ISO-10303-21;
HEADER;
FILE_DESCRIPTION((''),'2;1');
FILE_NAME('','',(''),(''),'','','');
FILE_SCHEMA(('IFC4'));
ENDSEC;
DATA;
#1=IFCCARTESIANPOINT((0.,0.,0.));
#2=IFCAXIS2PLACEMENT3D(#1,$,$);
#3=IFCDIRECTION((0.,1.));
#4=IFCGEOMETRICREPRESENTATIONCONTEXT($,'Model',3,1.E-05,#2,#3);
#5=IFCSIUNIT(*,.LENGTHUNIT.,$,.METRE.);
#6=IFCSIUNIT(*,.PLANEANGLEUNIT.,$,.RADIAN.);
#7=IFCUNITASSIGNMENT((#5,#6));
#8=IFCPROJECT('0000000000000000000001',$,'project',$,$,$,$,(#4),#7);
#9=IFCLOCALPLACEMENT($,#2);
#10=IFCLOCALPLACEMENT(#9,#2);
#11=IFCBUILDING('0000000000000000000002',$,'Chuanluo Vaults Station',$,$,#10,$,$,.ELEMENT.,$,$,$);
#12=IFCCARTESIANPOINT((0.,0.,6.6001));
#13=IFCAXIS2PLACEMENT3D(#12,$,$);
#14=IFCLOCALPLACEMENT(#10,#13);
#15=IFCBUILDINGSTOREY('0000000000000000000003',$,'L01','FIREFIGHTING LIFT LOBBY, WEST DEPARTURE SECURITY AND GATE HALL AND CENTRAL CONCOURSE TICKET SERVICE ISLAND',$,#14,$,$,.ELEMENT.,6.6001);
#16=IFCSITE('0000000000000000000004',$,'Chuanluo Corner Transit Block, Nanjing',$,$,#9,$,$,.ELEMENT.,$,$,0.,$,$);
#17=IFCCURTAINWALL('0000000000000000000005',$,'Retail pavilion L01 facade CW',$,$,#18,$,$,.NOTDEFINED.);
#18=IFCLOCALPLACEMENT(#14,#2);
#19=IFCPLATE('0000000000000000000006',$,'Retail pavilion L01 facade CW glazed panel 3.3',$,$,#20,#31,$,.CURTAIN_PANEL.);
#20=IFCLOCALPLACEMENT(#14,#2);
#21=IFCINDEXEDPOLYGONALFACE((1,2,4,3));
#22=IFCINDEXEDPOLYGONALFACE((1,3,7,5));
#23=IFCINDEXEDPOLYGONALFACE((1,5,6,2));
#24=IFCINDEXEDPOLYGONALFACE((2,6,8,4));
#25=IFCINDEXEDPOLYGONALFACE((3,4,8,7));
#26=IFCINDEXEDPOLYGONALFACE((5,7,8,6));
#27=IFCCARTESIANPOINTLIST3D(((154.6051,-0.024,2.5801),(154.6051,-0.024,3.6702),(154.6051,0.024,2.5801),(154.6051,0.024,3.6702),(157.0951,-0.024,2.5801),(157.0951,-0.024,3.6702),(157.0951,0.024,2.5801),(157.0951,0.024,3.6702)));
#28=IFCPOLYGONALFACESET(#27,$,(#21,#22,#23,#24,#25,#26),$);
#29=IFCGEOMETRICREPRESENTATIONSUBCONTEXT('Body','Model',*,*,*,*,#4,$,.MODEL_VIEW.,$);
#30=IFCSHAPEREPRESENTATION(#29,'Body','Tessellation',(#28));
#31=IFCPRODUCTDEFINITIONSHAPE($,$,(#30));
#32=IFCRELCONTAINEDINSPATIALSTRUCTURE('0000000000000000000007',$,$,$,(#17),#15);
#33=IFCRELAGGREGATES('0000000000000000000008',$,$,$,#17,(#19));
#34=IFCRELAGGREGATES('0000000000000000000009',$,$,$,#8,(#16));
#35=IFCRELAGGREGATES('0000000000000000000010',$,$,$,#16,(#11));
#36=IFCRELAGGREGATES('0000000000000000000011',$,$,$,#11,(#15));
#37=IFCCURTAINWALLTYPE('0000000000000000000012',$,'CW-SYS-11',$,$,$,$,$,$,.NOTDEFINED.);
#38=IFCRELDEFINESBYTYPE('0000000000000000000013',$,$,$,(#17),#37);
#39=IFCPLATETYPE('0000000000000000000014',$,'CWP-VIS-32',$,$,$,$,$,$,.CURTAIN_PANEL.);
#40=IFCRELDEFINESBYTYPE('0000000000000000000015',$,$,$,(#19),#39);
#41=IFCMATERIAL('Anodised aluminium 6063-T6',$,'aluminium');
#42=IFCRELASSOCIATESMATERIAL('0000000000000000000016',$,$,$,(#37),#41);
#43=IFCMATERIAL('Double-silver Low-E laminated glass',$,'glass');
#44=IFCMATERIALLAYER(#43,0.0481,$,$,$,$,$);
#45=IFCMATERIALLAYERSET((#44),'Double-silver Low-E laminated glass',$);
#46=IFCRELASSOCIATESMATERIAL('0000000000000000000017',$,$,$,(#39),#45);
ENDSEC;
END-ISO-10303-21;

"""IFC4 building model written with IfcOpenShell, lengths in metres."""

from ifc_helpers import new_model, si_unit, direction, frame, origin, origin_2d, place, context, subcontext, project, spatial, rectangle, extrude, material, layer, layer_set, type_object, element, aggregate, save


model = new_model("IFC4")

# Units and contexts
model_context = context("Model", 3, precision=1e-05, world=origin(), true_north=direction((0.0, 1.0)))
body_context = subcontext(model_context, "Body", "Model", "MODEL_VIEW")
ifc_project = project(units=[si_unit("LENGTHUNIT", "METRE"), si_unit("PLANEANGLEUNIT", "RADIAN")], contexts=[model_context])

# Site, building, storey
site_placement = place(None, origin())
site = spatial("IfcSite", under=ifc_project, at=site_placement, Name="Chuanluo Corner Transit Block, Nanjing", CompositionType="ELEMENT", RefElevation=0.0)
building_placement = place(site_placement, origin())
building = spatial("IfcBuilding", under=site, at=building_placement, Name="Chuanluo Vaults Station", CompositionType="ELEMENT")
storey_placement = place(building_placement, frame((0.0, 0.0, 6.6001)))
storey = spatial("IfcBuildingStorey", under=building, at=storey_placement, Name="L01", Description="FIREFIGHTING LIFT LOBBY, WEST DEPARTURE SECURITY AND GATE HALL AND CENTRAL CONCOURSE TICKET SERVICE ISLAND", CompositionType="ELEMENT", Elevation=6.6001)

# Curtain wall, plate
ifc_material_1 = material(Name="Anodised aluminium 6063-T6", Category="aluminium")
curtain_wall_type = type_object("IfcCurtainWallType", Name="CW-SYS-11", PredefinedType="NOTDEFINED", material=ifc_material_1)
curtain_wall_placement = place(storey_placement, origin())
curtain_wall = element("IfcCurtainWall", 1, at=curtain_wall_placement, inside=storey, type_object=curtain_wall_type, Name="Retail pavilion L01 facade CW", PredefinedType="NOTDEFINED")
ifc_material_2 = material(Name="Double-silver Low-E laminated glass", Category="glass")
ifc_layer_1 = layer(ifc_material_2, 0.0481)
ifc_layer_set_1 = layer_set([ifc_layer_1], Name="Double-silver Low-E laminated glass")
plate_type_1 = type_object("IfcPlateType", Name="CWP-VIS-32", PredefinedType="CURTAIN_PANEL", material=ifc_layer_set_1)
plate_1_placement = place(storey_placement, frame((155.8501, 0.0, 2.5801), z_axis=(0.0, 0.0, 1.0), x_axis=(-1.0, 0.0, 0.0)))
plate_1 = element("IfcPlate", 2, at=plate_1_placement, type_object=plate_type_1, Name="Retail pavilion L01 facade CW glazed panel 3.3", PredefinedType="CURTAIN_PANEL", context=body_context, shape_type="SweptSolid", body=[
    extrude(rectangle(XDim=2.49, YDim=0.0481, at=origin_2d()), origin(), (0.0, 0.0, 1.0), 1.0901),
])
aggregate(curtain_wall, [plate_1])

save(model, "model.ifc")
